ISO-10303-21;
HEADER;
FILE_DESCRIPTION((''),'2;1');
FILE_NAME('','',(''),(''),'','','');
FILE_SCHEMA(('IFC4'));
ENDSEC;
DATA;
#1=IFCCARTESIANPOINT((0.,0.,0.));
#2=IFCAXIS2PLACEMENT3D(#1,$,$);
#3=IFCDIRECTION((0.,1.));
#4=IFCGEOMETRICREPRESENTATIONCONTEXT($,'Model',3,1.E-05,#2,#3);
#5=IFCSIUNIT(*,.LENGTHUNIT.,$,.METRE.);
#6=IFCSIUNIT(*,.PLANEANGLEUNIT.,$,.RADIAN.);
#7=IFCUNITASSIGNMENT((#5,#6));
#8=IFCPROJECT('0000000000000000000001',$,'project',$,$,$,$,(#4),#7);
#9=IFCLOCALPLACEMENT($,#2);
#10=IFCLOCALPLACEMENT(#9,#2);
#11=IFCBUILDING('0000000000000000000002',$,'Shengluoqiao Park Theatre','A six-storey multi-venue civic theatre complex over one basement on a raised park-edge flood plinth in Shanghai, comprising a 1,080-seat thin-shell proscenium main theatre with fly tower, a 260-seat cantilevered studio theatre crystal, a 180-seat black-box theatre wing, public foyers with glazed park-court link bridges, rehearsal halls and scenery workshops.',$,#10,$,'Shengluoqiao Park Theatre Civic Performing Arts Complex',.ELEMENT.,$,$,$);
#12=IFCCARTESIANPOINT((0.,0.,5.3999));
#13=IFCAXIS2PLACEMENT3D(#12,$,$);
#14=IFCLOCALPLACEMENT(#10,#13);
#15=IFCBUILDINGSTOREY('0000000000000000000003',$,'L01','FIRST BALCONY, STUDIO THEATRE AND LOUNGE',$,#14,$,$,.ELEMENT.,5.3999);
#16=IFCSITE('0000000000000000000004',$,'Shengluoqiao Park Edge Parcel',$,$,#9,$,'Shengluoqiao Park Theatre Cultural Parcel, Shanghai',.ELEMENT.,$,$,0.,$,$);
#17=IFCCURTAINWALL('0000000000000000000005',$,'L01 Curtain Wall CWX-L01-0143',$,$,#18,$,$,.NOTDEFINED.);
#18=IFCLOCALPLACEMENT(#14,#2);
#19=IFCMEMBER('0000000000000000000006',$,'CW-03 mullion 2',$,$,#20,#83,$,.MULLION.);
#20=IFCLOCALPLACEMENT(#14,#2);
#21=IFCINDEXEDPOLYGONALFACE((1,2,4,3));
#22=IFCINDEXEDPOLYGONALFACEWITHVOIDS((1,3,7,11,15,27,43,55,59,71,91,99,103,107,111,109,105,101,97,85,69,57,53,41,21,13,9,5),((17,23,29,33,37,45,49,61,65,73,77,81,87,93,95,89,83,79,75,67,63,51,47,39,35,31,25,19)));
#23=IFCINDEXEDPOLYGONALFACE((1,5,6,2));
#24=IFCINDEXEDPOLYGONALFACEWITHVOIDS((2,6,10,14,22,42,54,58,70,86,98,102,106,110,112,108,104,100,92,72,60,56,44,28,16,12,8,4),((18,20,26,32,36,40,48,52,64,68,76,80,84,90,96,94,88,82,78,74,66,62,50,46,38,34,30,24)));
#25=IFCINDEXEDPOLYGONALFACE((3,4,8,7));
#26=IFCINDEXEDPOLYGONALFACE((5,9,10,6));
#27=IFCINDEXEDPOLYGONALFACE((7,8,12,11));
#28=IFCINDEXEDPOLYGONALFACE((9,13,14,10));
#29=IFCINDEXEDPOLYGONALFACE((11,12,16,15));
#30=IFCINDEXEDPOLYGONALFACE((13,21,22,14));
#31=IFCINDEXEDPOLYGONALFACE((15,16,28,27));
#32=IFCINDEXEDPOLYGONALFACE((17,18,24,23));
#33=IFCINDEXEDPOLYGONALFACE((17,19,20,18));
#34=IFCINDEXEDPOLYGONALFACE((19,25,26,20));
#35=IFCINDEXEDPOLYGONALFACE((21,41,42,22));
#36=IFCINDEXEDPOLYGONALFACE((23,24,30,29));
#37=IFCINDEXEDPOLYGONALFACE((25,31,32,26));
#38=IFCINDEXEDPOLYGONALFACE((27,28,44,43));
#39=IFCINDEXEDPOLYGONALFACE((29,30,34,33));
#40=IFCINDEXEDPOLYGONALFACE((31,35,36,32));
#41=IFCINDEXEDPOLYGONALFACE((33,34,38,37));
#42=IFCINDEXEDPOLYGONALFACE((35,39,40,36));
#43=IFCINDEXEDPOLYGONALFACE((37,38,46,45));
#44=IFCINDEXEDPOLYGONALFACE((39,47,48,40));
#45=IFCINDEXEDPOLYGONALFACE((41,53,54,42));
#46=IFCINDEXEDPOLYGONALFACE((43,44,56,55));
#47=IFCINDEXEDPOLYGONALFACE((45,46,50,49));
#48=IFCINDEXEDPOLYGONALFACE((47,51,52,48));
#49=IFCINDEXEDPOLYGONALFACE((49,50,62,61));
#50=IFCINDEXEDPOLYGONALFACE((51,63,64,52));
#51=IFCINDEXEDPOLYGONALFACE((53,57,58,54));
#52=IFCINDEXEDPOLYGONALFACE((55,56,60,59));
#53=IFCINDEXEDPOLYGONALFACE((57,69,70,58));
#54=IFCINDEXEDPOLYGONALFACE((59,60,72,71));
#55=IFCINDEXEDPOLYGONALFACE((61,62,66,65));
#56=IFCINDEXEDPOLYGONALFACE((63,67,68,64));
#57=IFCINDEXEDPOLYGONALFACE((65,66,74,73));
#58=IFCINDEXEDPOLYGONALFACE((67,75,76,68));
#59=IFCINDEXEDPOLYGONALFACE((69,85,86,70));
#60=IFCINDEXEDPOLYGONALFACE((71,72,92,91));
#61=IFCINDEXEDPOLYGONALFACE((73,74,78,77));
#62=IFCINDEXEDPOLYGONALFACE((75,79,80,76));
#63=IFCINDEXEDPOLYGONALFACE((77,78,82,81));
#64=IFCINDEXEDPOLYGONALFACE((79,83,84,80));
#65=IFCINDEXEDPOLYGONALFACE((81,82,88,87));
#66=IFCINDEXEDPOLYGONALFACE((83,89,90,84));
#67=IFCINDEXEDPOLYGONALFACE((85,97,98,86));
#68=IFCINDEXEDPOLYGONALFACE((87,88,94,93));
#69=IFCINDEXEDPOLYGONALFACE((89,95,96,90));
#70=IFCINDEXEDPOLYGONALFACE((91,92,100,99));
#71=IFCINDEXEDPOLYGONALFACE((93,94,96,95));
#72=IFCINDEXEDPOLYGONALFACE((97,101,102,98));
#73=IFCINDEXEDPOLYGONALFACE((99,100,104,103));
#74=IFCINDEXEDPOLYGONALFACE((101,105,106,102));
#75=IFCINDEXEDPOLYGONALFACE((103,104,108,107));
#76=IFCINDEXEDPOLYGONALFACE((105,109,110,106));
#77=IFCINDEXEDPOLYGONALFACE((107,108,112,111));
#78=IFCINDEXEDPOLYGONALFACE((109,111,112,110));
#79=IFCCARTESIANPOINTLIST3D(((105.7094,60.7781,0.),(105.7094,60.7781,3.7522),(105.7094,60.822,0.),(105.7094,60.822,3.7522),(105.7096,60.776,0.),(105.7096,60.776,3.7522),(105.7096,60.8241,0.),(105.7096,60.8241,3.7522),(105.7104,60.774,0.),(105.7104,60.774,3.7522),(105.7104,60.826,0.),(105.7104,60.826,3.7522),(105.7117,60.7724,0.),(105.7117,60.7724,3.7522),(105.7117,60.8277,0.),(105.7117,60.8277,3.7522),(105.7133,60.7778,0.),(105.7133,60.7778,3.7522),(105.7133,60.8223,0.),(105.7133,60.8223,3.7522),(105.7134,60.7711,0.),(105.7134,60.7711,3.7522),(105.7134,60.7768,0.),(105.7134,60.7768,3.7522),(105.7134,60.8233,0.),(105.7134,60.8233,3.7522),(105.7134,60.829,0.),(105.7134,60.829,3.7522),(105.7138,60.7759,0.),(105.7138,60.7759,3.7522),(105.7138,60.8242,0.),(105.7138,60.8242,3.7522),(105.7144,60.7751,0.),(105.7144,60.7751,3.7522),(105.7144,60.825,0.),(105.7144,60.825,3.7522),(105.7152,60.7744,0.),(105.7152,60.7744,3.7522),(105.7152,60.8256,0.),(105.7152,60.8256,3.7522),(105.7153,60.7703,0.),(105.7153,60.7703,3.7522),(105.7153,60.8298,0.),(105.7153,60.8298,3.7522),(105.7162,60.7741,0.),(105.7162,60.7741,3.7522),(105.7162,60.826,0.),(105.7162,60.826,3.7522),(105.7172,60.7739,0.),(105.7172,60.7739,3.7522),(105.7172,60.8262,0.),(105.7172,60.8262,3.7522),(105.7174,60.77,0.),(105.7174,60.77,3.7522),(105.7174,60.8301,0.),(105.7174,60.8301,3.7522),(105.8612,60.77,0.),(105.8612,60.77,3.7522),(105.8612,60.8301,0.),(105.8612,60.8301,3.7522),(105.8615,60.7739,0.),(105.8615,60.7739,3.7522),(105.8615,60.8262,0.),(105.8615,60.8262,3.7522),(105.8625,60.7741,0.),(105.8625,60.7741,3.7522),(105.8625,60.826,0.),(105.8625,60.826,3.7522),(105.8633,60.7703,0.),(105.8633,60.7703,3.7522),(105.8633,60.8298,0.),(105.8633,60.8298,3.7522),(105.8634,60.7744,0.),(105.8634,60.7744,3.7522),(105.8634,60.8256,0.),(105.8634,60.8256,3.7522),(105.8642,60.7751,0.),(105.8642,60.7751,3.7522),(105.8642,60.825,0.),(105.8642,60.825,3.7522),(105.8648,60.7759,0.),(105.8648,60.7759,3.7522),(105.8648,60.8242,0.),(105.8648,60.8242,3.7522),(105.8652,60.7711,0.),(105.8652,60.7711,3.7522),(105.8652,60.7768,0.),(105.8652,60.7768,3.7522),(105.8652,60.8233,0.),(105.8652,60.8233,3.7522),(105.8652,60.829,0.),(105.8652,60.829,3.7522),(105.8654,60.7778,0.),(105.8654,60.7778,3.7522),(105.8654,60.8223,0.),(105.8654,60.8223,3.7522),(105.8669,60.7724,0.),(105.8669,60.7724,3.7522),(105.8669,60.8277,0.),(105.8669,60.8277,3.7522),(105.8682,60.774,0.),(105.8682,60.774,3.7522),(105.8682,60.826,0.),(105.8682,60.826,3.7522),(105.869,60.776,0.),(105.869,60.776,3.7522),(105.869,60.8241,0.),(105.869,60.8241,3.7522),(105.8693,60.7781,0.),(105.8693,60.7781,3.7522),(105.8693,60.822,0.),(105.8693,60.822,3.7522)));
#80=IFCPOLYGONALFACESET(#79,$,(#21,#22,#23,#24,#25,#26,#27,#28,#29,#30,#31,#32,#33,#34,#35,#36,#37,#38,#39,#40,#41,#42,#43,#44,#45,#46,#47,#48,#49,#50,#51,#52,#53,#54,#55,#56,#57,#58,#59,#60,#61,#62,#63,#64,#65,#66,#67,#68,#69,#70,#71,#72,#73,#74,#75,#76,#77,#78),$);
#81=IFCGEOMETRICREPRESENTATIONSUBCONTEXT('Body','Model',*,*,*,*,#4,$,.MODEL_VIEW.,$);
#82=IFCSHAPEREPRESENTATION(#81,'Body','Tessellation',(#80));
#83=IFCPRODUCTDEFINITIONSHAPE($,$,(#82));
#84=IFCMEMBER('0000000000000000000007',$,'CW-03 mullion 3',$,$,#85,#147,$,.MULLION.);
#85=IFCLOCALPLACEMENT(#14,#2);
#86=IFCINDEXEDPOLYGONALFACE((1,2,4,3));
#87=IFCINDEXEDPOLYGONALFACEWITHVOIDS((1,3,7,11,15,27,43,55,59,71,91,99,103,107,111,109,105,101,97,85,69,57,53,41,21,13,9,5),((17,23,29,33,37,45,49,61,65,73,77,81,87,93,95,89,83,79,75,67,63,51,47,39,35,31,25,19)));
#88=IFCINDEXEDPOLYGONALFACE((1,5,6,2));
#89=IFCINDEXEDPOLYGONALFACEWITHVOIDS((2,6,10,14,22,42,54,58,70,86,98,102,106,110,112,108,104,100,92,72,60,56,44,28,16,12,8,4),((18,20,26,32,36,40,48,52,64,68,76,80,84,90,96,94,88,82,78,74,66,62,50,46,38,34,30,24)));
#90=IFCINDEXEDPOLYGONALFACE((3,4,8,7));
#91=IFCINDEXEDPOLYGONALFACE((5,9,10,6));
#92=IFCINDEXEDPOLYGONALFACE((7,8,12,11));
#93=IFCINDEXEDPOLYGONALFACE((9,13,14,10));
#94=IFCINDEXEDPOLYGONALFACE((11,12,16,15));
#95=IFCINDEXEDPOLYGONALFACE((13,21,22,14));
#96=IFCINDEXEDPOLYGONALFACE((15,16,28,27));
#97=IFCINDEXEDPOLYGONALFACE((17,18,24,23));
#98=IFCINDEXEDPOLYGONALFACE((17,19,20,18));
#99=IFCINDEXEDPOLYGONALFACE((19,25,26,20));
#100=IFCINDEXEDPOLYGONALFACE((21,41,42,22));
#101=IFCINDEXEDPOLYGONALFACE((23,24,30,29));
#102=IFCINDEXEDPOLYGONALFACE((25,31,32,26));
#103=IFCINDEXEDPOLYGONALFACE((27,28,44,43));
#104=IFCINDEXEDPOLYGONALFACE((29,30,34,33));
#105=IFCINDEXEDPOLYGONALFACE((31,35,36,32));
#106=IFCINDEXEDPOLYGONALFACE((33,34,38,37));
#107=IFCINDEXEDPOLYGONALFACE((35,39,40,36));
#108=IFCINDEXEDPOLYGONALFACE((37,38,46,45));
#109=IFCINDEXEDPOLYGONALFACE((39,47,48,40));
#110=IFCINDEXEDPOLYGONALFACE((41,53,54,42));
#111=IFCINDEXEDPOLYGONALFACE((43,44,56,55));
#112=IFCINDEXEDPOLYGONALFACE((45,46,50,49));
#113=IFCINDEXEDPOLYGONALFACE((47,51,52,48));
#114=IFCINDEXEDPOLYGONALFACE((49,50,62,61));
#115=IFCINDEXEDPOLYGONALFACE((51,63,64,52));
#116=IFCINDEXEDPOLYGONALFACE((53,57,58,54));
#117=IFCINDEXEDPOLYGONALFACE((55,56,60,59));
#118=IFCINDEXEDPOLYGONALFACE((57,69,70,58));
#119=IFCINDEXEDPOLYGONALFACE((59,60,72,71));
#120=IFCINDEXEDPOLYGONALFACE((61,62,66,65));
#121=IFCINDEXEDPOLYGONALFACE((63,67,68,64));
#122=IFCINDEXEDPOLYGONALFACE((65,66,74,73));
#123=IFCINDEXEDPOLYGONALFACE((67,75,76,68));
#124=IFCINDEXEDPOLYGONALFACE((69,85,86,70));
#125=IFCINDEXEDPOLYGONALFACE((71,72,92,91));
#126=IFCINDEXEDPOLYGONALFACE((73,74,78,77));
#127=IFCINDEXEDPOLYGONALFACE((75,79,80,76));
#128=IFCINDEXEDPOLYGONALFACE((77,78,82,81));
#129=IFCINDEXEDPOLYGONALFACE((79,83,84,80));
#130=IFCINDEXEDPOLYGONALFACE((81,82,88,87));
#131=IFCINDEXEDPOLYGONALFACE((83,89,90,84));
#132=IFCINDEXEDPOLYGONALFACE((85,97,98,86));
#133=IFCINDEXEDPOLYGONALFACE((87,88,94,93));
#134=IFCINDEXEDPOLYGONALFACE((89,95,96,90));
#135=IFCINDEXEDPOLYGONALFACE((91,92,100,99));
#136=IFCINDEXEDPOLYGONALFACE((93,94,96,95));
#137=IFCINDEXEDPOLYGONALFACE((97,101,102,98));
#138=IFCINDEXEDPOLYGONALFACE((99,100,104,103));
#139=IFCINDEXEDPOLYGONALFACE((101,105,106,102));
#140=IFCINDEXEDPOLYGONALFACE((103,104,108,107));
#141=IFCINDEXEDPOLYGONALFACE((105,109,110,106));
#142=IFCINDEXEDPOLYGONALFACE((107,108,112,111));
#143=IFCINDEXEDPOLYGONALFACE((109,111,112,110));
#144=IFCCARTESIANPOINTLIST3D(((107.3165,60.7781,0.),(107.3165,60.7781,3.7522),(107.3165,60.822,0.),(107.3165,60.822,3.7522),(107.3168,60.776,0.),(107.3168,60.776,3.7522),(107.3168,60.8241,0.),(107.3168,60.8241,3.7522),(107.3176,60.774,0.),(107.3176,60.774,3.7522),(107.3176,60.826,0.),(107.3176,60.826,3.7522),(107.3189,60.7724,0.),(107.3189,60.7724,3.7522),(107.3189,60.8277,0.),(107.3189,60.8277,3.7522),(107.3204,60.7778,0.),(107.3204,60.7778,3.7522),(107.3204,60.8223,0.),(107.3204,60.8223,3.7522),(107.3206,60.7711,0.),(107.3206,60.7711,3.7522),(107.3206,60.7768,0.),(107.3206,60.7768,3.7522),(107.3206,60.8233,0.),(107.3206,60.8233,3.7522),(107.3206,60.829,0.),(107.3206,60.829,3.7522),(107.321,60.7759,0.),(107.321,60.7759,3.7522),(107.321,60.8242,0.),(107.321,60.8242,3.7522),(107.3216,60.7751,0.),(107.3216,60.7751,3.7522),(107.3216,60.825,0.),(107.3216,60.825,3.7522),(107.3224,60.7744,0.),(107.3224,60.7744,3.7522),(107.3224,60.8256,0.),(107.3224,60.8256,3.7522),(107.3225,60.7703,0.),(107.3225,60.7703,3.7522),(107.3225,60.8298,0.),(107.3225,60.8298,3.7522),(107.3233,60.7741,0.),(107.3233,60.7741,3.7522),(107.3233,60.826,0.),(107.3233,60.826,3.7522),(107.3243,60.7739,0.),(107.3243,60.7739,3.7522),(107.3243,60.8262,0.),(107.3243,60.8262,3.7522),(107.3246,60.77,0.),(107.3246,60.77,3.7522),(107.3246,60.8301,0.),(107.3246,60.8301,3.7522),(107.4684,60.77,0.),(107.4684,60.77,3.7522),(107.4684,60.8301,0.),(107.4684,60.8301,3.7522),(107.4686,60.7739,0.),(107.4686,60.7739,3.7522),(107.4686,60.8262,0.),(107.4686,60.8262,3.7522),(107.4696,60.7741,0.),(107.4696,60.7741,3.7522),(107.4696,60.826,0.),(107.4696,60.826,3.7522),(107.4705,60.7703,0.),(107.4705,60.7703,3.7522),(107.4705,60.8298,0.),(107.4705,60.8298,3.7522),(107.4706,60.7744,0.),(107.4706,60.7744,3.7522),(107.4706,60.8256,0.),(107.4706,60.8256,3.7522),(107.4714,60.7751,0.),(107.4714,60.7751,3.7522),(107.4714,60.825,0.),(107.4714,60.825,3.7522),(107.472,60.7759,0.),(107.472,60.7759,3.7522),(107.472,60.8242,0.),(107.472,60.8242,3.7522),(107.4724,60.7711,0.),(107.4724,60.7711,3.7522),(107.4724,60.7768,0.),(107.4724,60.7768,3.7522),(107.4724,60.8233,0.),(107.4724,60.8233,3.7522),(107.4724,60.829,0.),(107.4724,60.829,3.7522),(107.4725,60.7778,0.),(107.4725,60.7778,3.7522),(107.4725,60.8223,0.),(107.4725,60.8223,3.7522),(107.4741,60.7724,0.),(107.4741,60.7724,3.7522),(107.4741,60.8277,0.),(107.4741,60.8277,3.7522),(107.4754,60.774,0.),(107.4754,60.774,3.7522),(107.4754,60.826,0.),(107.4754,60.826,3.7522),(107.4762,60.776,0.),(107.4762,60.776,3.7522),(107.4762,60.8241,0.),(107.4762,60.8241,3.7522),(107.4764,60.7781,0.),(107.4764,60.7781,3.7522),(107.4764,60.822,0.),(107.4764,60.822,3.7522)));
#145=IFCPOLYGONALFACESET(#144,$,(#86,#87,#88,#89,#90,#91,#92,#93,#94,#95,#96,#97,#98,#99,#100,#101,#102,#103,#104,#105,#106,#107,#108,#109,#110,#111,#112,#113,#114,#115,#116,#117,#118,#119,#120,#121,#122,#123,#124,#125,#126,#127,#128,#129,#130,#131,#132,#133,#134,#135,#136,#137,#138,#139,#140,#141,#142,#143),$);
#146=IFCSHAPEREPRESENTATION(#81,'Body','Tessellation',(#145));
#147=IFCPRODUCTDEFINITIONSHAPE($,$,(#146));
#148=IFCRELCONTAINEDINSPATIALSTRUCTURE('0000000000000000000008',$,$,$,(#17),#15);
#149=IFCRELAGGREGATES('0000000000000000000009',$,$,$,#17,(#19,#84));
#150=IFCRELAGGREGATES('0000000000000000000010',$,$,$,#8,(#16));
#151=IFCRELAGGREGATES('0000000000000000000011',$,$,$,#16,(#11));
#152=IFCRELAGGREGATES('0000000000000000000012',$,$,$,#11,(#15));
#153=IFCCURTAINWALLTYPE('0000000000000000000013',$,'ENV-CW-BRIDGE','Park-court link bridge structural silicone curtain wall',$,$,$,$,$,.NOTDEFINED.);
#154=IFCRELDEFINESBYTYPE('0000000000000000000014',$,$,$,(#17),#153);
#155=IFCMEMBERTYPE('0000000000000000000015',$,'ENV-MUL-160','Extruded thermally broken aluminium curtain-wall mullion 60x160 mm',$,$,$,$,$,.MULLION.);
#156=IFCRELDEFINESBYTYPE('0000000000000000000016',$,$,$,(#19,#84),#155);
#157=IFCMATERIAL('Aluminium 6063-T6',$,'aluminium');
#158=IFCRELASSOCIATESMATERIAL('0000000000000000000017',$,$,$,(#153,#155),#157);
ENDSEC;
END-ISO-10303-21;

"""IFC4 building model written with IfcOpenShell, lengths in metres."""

from ifc_helpers import new_model, si_unit, direction, frame, origin, origin_2d, place, context, subcontext, project, spatial, hollow_rectangle, extrude, material, material_profile, profile_set, type_object, element, aggregate, save


model = new_model("IFC4")

# Units and contexts
model_context = context("Model", 3, precision=1e-05, world=origin(), true_north=direction((0.0, 1.0)))
body_context = subcontext(model_context, "Body", "Model", "MODEL_VIEW")
ifc_project = project(units=[si_unit("LENGTHUNIT", "METRE"), si_unit("PLANEANGLEUNIT", "RADIAN")], contexts=[model_context])

# Site, building, storey
site_placement = place(None, origin())
site = spatial("IfcSite", under=ifc_project, at=site_placement, Name="Shengluoqiao Park Edge Parcel", LongName="Shengluoqiao Park Theatre Cultural Parcel, Shanghai", CompositionType="ELEMENT", RefElevation=0.0)
building_placement = place(site_placement, origin())
building = spatial("IfcBuilding", under=site, at=building_placement, Name="Shengluoqiao Park Theatre", Description="A six-storey multi-venue civic theatre complex over one basement on a raised park-edge flood plinth in Shanghai, comprising a 1,080-seat thin-shell proscenium main theatre with fly tower, a 260-seat cantilevered studio theatre crystal, a 180-seat black-box theatre wing, public foyers with glazed park-court link bridges, rehearsal halls and scenery workshops.", LongName="Shengluoqiao Park Theatre Civic Performing Arts Complex", CompositionType="ELEMENT")
storey_placement = place(building_placement, frame((0.0, 0.0, 5.3999)))
storey = spatial("IfcBuildingStorey", under=building, at=storey_placement, Name="L01", Description="FIRST BALCONY, STUDIO THEATRE AND LOUNGE", CompositionType="ELEMENT", Elevation=5.3999)

# Shared definitions
ifc_material_1 = material(Name="Aluminium 6063-T6", Category="aluminium")
curtain_wall_type = type_object("IfcCurtainWallType", Name="ENV-CW-BRIDGE", Description="Park-court link bridge structural silicone curtain wall", PredefinedType="NOTDEFINED", material=ifc_material_1)
ifc_material_profile_1 = material_profile(ifc_material_1, hollow_rectangle(XDim=0.0601, YDim=0.1599, WallThickness=0.0039, InnerFilletRadius=0.0039, OuterFilletRadius=0.0081, at=origin_2d()), Name="ALU MULLION 160x60x4")
ifc_profile_set_1 = profile_set([ifc_material_profile_1], Name="Aluminium 6063-T6")
member_type_1 = type_object("IfcMemberType", Name="ENV-MUL-160", Description="Extruded thermally broken aluminium curtain-wall mullion 60x160 mm", PredefinedType="MULLION", material=ifc_profile_set_1)

# Curtain wall, members
curtain_wall_1_placement = place(storey_placement, origin())
curtain_wall_1 = element("IfcCurtainWall", 1, at=curtain_wall_1_placement, inside=storey, type_object=curtain_wall_type, Name="L01 Curtain Wall CWX-L01-0143", PredefinedType="NOTDEFINED")
member_1_placement = place(storey_placement, frame((105.7893, 60.8, 0.0), z_axis=(0.0, 0.0, 1.0), x_axis=(0.0, 1.0, 0.0)))
member_1 = element("IfcMember", 2, at=member_1_placement, type_object=member_type_1, Name="CW-03 mullion 2", PredefinedType="MULLION", context=body_context, shape_type="SweptSolid", body=[
    extrude(hollow_rectangle(XDim=0.0601, YDim=0.1599, WallThickness=0.0039, InnerFilletRadius=0.0039, OuterFilletRadius=0.0081, at=origin_2d()), origin(), (0.0, 0.0, 1.0), 3.7522),
])
member_2_placement = place(storey_placement, frame((107.3965, 60.8, 0.0), z_axis=(0.0, 0.0, 1.0), x_axis=(0.0, 1.0, 0.0)))
member_2 = element("IfcMember", 3, at=member_2_placement, type_object=member_type_1, Name="CW-03 mullion 3", PredefinedType="MULLION", context=body_context, shape_type="SweptSolid", body=[
    extrude(hollow_rectangle(XDim=0.0601, YDim=0.1599, WallThickness=0.0039, InnerFilletRadius=0.0039, OuterFilletRadius=0.0081, at=origin_2d()), origin(), (0.0, 0.0, 1.0), 3.7522),
])

aggregate(curtain_wall_1, [member_1, member_2])

save(model, "model.ifc")
